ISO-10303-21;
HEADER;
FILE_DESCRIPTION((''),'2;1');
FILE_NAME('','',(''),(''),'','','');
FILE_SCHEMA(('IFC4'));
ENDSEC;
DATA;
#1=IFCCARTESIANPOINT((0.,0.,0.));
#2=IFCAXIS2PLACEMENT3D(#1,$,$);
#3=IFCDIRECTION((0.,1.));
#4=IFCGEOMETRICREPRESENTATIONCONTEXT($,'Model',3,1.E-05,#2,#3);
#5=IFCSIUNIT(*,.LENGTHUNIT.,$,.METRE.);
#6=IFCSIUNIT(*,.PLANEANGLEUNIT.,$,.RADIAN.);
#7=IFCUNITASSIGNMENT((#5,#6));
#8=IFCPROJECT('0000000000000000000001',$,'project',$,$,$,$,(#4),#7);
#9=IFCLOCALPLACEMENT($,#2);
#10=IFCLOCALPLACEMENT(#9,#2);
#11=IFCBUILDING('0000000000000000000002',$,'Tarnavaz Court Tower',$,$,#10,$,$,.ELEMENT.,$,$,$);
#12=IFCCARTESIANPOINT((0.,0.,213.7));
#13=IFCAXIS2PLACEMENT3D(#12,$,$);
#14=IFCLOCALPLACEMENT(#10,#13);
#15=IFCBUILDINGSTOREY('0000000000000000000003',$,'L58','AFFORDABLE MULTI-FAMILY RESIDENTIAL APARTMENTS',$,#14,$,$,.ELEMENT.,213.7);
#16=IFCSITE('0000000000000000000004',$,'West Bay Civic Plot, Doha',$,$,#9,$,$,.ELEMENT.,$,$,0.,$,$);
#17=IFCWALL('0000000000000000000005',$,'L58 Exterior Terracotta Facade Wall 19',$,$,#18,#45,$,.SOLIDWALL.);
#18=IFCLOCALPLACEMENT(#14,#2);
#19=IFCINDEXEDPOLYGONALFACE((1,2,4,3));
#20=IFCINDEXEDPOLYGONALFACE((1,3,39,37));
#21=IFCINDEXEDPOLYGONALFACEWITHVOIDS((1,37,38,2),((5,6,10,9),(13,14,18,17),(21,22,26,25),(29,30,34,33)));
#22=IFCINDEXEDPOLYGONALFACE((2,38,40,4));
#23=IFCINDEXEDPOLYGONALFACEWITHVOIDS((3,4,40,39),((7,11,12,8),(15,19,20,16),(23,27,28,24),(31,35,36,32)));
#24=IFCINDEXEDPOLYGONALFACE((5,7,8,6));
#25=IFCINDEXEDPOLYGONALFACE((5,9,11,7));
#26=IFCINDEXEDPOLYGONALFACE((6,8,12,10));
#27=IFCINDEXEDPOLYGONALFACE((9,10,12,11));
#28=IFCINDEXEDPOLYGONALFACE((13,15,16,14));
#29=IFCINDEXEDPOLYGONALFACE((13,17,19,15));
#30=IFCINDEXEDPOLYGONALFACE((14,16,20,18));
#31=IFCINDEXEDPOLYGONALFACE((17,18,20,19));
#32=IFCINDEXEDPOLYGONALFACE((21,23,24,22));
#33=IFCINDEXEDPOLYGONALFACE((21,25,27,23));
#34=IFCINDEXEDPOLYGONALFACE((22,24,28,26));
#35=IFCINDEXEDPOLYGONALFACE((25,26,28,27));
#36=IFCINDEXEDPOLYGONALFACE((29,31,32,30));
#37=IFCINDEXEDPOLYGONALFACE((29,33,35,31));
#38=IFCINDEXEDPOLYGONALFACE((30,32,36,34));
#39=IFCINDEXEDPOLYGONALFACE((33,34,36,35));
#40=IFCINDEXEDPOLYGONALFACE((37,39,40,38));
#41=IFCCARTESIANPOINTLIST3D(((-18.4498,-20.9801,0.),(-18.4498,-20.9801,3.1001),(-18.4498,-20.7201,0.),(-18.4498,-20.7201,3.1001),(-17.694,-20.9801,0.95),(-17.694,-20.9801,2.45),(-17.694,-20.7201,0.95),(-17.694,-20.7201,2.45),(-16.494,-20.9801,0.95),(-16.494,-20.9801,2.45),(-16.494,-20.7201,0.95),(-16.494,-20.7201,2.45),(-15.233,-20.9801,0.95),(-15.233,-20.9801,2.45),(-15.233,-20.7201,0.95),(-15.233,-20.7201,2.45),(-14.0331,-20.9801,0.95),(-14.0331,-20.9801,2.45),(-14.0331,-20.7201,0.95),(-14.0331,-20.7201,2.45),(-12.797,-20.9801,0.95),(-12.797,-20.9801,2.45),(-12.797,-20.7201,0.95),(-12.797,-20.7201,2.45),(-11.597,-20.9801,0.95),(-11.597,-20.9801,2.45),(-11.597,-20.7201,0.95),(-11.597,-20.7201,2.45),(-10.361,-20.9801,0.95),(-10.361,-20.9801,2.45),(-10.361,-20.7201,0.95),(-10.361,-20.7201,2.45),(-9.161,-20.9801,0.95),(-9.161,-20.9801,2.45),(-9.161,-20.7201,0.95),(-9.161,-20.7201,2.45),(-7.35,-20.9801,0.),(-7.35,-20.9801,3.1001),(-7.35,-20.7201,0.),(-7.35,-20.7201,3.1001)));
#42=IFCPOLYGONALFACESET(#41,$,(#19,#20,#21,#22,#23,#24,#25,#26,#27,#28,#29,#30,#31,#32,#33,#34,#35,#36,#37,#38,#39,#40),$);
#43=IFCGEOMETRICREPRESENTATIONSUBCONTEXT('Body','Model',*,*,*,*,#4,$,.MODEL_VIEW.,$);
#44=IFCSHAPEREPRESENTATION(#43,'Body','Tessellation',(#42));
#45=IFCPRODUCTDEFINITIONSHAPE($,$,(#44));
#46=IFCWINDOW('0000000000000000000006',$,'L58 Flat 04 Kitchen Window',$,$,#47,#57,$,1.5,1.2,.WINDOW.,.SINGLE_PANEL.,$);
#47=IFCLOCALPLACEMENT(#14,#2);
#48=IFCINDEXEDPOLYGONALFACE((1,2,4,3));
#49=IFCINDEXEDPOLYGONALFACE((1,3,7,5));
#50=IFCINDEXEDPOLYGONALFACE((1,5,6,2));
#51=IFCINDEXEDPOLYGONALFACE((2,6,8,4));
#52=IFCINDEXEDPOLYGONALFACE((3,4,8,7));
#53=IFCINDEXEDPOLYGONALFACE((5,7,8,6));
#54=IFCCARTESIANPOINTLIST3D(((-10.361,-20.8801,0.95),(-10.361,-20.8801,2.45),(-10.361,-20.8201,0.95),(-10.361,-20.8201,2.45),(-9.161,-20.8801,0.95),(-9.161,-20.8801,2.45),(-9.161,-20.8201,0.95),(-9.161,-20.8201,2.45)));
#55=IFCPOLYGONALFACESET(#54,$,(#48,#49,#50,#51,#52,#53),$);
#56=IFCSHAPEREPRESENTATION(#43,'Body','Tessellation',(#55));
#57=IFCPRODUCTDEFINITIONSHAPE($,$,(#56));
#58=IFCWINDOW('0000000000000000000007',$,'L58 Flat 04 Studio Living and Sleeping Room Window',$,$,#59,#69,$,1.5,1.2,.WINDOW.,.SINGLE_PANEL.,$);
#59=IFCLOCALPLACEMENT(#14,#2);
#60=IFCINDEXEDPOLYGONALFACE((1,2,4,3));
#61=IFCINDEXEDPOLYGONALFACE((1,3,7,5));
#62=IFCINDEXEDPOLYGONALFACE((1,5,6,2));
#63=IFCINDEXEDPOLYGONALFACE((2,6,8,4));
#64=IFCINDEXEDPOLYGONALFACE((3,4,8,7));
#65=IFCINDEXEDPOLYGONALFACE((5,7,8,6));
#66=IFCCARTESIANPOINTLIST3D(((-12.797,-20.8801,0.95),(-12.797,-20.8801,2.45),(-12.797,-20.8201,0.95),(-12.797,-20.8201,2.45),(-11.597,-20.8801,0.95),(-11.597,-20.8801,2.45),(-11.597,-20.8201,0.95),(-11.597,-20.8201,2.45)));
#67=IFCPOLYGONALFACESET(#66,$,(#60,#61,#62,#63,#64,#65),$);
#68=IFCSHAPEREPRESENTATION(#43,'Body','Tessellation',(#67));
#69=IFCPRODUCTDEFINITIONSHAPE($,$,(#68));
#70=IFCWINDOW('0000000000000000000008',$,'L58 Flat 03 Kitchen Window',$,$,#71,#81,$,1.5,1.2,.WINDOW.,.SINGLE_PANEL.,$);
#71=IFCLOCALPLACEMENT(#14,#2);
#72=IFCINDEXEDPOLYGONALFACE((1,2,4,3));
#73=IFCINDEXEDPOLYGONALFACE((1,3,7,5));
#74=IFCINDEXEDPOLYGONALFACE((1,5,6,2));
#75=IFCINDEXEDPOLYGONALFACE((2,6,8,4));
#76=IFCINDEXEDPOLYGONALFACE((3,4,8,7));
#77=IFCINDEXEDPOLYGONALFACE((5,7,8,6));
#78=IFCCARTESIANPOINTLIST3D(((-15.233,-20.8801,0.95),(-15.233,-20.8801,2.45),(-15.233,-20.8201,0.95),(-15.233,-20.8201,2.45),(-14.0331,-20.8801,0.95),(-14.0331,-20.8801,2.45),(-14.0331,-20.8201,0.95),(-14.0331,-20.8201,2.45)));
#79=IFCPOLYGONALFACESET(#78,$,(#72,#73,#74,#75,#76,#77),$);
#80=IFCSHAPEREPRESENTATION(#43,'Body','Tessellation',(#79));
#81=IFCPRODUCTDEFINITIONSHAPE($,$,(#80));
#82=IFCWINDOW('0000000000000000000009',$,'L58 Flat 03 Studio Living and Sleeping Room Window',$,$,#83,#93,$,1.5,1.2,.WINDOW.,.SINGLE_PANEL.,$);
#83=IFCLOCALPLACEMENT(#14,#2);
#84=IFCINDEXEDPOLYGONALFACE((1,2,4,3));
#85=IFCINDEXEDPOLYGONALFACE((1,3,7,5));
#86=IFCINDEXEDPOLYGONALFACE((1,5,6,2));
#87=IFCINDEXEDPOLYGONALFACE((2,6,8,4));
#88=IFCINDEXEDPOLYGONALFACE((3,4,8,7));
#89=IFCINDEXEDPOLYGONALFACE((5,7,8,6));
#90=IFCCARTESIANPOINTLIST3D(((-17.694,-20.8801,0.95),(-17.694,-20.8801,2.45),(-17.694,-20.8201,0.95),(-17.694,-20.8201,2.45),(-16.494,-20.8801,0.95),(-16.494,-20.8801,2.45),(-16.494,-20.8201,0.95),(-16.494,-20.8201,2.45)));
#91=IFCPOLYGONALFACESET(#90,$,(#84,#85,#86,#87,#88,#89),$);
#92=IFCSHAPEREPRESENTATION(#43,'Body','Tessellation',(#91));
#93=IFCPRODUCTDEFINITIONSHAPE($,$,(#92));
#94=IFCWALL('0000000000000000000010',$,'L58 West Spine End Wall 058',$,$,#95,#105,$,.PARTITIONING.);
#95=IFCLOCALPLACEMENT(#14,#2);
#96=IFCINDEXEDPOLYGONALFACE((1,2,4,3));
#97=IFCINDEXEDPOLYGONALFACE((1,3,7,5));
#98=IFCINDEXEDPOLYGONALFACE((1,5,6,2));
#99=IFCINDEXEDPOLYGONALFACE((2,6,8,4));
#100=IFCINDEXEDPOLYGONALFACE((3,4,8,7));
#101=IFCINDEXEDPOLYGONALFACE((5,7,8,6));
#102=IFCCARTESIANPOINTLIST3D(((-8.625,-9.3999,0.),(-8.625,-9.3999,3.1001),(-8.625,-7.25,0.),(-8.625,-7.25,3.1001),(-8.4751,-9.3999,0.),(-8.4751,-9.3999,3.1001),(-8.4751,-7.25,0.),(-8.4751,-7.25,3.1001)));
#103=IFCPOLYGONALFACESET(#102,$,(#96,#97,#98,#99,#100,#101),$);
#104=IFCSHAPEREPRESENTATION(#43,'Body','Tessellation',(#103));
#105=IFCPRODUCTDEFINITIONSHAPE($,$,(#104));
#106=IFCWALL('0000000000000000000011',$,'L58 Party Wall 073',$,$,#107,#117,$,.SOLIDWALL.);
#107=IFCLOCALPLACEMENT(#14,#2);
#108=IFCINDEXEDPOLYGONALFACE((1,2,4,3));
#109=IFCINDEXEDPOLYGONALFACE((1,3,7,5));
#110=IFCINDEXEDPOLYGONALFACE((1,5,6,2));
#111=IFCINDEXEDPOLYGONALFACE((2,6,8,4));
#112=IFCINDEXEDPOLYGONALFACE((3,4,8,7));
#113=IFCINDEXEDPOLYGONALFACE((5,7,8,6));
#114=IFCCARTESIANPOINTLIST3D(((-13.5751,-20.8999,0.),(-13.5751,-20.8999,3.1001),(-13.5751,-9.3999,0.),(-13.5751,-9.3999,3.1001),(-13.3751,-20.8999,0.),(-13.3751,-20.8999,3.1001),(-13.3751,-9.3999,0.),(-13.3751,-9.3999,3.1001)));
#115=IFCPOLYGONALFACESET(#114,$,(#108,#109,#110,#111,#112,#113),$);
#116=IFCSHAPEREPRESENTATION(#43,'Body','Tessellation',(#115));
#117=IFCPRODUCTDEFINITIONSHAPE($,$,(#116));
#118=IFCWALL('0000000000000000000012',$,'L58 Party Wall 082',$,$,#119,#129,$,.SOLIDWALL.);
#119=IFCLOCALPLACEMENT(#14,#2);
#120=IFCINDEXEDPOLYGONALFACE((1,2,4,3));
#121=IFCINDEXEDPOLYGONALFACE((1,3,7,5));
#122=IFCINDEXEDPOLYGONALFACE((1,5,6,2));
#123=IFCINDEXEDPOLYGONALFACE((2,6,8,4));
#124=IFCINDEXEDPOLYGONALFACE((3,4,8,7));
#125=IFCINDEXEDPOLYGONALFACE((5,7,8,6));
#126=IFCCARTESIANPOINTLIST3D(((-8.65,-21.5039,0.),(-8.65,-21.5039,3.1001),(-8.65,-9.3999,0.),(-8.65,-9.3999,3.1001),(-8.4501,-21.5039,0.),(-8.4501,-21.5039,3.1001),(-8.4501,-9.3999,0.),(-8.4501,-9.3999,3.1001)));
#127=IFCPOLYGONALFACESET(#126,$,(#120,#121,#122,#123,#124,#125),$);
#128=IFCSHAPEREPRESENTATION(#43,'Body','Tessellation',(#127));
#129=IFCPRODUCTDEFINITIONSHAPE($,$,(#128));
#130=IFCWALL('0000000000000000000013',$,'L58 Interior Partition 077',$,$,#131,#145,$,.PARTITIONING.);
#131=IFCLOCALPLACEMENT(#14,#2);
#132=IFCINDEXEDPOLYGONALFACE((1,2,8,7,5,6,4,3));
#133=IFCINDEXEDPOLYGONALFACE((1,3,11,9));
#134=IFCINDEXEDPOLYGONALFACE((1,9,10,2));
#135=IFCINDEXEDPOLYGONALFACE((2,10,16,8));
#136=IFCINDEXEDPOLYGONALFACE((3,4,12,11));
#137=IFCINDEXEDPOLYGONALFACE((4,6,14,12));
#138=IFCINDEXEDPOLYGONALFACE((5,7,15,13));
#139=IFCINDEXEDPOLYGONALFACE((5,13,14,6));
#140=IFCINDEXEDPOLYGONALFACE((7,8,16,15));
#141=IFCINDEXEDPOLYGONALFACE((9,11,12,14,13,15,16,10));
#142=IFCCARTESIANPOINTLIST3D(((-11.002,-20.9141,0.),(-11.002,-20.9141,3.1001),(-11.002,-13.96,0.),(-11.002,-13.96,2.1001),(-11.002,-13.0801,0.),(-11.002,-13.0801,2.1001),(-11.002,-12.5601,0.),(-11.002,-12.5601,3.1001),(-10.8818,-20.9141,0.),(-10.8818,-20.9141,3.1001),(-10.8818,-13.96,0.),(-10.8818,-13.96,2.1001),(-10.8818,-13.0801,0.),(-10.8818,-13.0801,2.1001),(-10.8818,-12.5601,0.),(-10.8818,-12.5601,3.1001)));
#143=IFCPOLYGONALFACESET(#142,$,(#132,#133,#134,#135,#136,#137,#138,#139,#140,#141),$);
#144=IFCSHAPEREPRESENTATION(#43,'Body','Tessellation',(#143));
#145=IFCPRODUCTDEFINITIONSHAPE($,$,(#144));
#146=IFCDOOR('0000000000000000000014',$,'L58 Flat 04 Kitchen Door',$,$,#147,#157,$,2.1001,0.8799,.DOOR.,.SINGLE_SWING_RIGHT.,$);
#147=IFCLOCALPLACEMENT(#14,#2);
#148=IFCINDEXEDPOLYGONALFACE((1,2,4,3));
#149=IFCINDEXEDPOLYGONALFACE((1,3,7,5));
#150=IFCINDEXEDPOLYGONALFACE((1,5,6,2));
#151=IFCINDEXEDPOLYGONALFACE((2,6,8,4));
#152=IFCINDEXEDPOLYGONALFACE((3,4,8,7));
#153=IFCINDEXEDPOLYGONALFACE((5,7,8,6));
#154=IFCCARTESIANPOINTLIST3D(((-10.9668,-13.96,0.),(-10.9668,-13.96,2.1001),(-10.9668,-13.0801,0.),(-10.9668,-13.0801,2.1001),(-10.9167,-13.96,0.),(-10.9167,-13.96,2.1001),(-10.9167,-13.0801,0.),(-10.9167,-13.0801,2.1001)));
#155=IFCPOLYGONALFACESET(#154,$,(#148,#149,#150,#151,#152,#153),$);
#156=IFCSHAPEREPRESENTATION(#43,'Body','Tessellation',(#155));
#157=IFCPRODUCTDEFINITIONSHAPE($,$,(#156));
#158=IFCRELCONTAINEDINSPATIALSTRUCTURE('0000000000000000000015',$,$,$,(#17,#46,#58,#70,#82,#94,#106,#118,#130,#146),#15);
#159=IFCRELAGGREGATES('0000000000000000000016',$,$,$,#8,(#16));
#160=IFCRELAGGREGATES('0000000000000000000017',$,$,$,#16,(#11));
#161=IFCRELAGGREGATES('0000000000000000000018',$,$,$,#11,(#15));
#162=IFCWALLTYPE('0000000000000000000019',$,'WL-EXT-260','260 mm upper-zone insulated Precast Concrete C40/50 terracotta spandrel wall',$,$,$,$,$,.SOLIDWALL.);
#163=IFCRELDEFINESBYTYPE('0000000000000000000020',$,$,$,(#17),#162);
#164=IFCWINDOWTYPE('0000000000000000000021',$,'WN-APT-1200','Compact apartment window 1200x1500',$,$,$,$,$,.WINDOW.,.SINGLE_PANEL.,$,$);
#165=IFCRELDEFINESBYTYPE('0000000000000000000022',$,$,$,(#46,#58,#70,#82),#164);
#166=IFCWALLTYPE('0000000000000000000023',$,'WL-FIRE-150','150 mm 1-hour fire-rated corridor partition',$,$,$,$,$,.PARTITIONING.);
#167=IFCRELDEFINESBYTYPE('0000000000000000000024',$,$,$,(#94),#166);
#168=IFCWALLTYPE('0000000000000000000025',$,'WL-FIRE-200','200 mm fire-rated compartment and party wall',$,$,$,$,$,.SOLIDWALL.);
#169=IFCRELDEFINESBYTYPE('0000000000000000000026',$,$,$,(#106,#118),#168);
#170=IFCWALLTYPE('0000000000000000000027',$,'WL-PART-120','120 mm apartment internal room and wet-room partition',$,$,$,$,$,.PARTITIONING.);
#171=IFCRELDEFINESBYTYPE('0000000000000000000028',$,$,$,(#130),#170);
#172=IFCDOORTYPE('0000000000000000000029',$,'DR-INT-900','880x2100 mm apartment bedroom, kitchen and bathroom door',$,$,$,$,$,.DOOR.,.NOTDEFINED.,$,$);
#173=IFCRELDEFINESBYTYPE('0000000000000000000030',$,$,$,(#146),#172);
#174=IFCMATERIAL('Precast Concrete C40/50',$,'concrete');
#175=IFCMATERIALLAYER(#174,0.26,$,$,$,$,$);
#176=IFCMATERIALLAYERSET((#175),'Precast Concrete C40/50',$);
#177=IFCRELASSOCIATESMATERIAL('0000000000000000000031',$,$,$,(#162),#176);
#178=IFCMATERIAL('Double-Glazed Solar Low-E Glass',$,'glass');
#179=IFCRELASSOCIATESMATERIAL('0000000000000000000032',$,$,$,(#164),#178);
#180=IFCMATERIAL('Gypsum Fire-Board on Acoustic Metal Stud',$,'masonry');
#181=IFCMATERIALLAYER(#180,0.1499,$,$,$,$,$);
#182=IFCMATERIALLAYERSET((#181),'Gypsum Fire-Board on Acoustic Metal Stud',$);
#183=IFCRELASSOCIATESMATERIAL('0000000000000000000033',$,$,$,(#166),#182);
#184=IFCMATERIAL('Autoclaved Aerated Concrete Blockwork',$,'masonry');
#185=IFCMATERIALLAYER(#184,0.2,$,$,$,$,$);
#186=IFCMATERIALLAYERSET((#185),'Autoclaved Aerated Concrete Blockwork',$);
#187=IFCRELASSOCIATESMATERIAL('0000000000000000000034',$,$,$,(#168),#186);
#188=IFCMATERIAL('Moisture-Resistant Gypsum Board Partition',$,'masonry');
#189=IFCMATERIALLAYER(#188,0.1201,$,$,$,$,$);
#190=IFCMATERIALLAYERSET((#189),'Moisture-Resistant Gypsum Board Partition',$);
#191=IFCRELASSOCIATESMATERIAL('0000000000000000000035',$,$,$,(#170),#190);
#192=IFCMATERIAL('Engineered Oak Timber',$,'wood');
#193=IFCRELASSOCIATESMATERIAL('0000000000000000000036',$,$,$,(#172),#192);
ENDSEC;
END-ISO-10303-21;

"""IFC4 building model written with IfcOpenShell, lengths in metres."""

from ifc_helpers import new_model, si_unit, direction, frame, frame_2d, origin, place, context, subcontext, project, spatial, rectangle, extrude, material, layer, layer_set, type_object, element, fill, save


model = new_model("IFC4")

# Units and contexts
model_context = context("Model", 3, precision=1e-05, world=origin(), true_north=direction((0.0, 1.0)))
body_context = subcontext(model_context, "Body", "Model", "MODEL_VIEW")
ifc_project = project(units=[si_unit("LENGTHUNIT", "METRE"), si_unit("PLANEANGLEUNIT", "RADIAN")], contexts=[model_context])

# Site, building, storey
site_placement = place(None, origin())
site = spatial("IfcSite", under=ifc_project, at=site_placement, Name="West Bay Civic Plot, Doha", CompositionType="ELEMENT", RefElevation=0.0)
building_placement = place(site_placement, origin())
building = spatial("IfcBuilding", under=site, at=building_placement, Name="Tarnavaz Court Tower", CompositionType="ELEMENT")
storey_placement = place(building_placement, frame((0.0, 0.0, 213.7)))
storey = spatial("IfcBuildingStorey", under=building, at=storey_placement, Name="L58", Description="AFFORDABLE MULTI-FAMILY RESIDENTIAL APARTMENTS", CompositionType="ELEMENT", Elevation=213.7)

# Shared definitions
ifc_material_1 = material(Name="Precast Concrete C40/50", Category="concrete")
ifc_layer_1 = layer(ifc_material_1, 0.26)
ifc_layer_set_1 = layer_set([ifc_layer_1], Name="Precast Concrete C40/50")
wall_type_1 = type_object("IfcWallType", Name="WL-EXT-260", Description="260 mm upper-zone insulated Precast Concrete C40/50 terracotta spandrel wall", PredefinedType="SOLIDWALL", material=ifc_layer_set_1)

# Wall, openings, windows
wall_1_placement = place(storey_placement, frame((-7.3501, -20.8501, 0.0), z_axis=(0.0, 0.0, 1.0), x_axis=(-1.0, 0.0, 0.0)))
wall_1 = element("IfcWall", 1, at=wall_1_placement, inside=storey, type_object=wall_type_1, Name="L58 Exterior Terracotta Facade Wall 19", PredefinedType="SOLIDWALL", context=body_context, shape_type="SweptSolid", body=[
    extrude(rectangle(XDim=11.0999, YDim=0.26, at=frame_2d((5.5498, 0.0))), origin(), (0.0, 0.0, 1.0), 3.1001),
])
opening_1_placement = place(wall_1_placement, frame((1.8108, 0.0, 0.95)))
opening_1 = element("IfcOpeningElement", 2, at=opening_1_placement, cuts=wall_1, PredefinedType="OPENING", context=body_context, shape_type="SweptSolid", body=[
    extrude(rectangle(XDim=1.2, YDim=1.5, at=frame_2d((0.6001, 0.75))), frame((0.0, 0.1399, 0.0), z_axis=(0.0, -1.0, 0.0), x_axis=(1.0, 0.0, 0.0)), (0.0, 0.0, 1.0), 0.28),
])
opening_2_placement = place(wall_1_placement, frame((4.2468, 0.0, 0.95)))
opening_2 = element("IfcOpeningElement", 3, at=opening_2_placement, cuts=wall_1, PredefinedType="OPENING", context=body_context, shape_type="SweptSolid", body=[
    extrude(rectangle(XDim=1.2, YDim=1.5, at=frame_2d((0.6001, 0.75))), frame((0.0, 0.1399, 0.0), z_axis=(0.0, -1.0, 0.0), x_axis=(1.0, 0.0, 0.0)), (0.0, 0.0, 1.0), 0.28),
])
opening_3_placement = place(wall_1_placement, frame((6.6829, 0.0, 0.95)))
opening_3 = element("IfcOpeningElement", 4, at=opening_3_placement, cuts=wall_1, PredefinedType="OPENING", context=body_context, shape_type="SweptSolid", body=[
    extrude(rectangle(XDim=1.2, YDim=1.5, at=frame_2d((0.6001, 0.75))), frame((0.0, 0.1399, 0.0), z_axis=(0.0, -1.0, 0.0), x_axis=(1.0, 0.0, 0.0)), (0.0, 0.0, 1.0), 0.28),
])
opening_4_placement = place(wall_1_placement, frame((9.1438, 0.0, 0.95)))
opening_4 = element("IfcOpeningElement", 5, at=opening_4_placement, cuts=wall_1, PredefinedType="OPENING", context=body_context, shape_type="SweptSolid", body=[
    extrude(rectangle(XDim=1.2, YDim=1.5, at=frame_2d((0.6001, 0.75))), frame((0.0, 0.1399, 0.0), z_axis=(0.0, -1.0, 0.0), x_axis=(1.0, 0.0, 0.0)), (0.0, 0.0, 1.0), 0.28),
])
ifc_material_2 = material(Name="Double-Glazed Solar Low-E Glass", Category="glass")
window_type = type_object("IfcWindowType", Name="WN-APT-1200", Description="Compact apartment window 1200x1500", PartitioningType="SINGLE_PANEL", PredefinedType="WINDOW", material=ifc_material_2)
window_1_placement = place(opening_1_placement, origin())
window_1 = element("IfcWindow", 6, at=window_1_placement, inside=storey, type_object=window_type, Name="L58 Flat 04 Kitchen Window", OverallHeight=1.5, OverallWidth=1.2, PartitioningType="SINGLE_PANEL", PredefinedType="WINDOW", context=body_context, shape_type="SweptSolid", body=[
    extrude(rectangle(XDim=1.2, YDim=1.5, at=frame_2d((0.6001, 0.75))), frame((0.0, 0.03, 0.0), z_axis=(0.0, -1.0, 0.0), x_axis=(1.0, 0.0, 0.0)), (0.0, 0.0, 1.0), 0.0601),
])
fill(opening_1, window_1)
window_2_placement = place(opening_2_placement, origin())
window_2 = element("IfcWindow", 7, at=window_2_placement, inside=storey, type_object=window_type, Name="L58 Flat 04 Studio Living and Sleeping Room Window", OverallHeight=1.5, OverallWidth=1.2, PartitioningType="SINGLE_PANEL", PredefinedType="WINDOW", context=body_context, shape_type="SweptSolid", body=[
    extrude(rectangle(XDim=1.2, YDim=1.5, at=frame_2d((0.6001, 0.75))), frame((0.0, 0.03, 0.0), z_axis=(0.0, -1.0, 0.0), x_axis=(1.0, 0.0, 0.0)), (0.0, 0.0, 1.0), 0.0601),
])
fill(opening_2, window_2)
window_3_placement = place(opening_3_placement, origin())
window_3 = element("IfcWindow", 8, at=window_3_placement, inside=storey, type_object=window_type, Name="L58 Flat 03 Kitchen Window", OverallHeight=1.5, OverallWidth=1.2, PartitioningType="SINGLE_PANEL", PredefinedType="WINDOW", context=body_context, shape_type="SweptSolid", body=[
    extrude(rectangle(XDim=1.2, YDim=1.5, at=frame_2d((0.6001, 0.75))), frame((0.0, 0.03, 0.0), z_axis=(0.0, -1.0, 0.0), x_axis=(1.0, 0.0, 0.0)), (0.0, 0.0, 1.0), 0.0601),
])
fill(opening_3, window_3)
window_4_placement = place(opening_4_placement, origin())
window_4 = element("IfcWindow", 9, at=window_4_placement, inside=storey, type_object=window_type, Name="L58 Flat 03 Studio Living and Sleeping Room Window", OverallHeight=1.5, OverallWidth=1.2, PartitioningType="SINGLE_PANEL", PredefinedType="WINDOW", context=body_context, shape_type="SweptSolid", body=[
    extrude(rectangle(XDim=1.2, YDim=1.5, at=frame_2d((0.6001, 0.75))), frame((0.0, 0.03, 0.0), z_axis=(0.0, -1.0, 0.0), x_axis=(1.0, 0.0, 0.0)), (0.0, 0.0, 1.0), 0.0601),
])
fill(opening_4, window_4)

# Walls
ifc_material_3 = material(Name="Gypsum Fire-Board on Acoustic Metal Stud", Category="masonry")
ifc_layer_2 = layer(ifc_material_3, 0.1499)
ifc_layer_set_2 = layer_set([ifc_layer_2], Name="Gypsum Fire-Board on Acoustic Metal Stud")
wall_type_2 = type_object("IfcWallType", Name="WL-FIRE-150", Description="150 mm 1-hour fire-rated corridor partition", PredefinedType="PARTITIONING", material=ifc_layer_set_2)
wall_2_placement = place(storey_placement, frame((-8.55, -9.3999, 0.0), z_axis=(0.0, 0.0, 1.0), x_axis=(0.0, 1.0, 0.0)))
element("IfcWall", 10, at=wall_2_placement, inside=storey, type_object=wall_type_2, Name="L58 West Spine End Wall 058", PredefinedType="PARTITIONING", context=body_context, shape_type="SweptSolid", body=[
    extrude(rectangle(XDim=2.1499, YDim=0.1499, at=frame_2d((1.075, 0.0))), origin(), (0.0, 0.0, 1.0), 3.1001),
])
ifc_material_4 = material(Name="Autoclaved Aerated Concrete Blockwork", Category="masonry")
ifc_layer_3 = layer(ifc_material_4, 0.2)
ifc_layer_set_3 = layer_set([ifc_layer_3], Name="Autoclaved Aerated Concrete Blockwork")
wall_type_3 = type_object("IfcWallType", Name="WL-FIRE-200", Description="200 mm fire-rated compartment and party wall", PredefinedType="SOLIDWALL", material=ifc_layer_set_3)
wall_3_placement = place(storey_placement, frame((-13.4751, -20.8999, 0.0), z_axis=(0.0, 0.0, 1.0), x_axis=(0.0, 1.0, 0.0)))
element("IfcWall", 11, at=wall_3_placement, inside=storey, type_object=wall_type_3, Name="L58 Party Wall 073", PredefinedType="SOLIDWALL", context=body_context, shape_type="SweptSolid", body=[
    extrude(rectangle(XDim=11.5, YDim=0.2, at=frame_2d((5.75, 0.0))), origin(), (0.0, 0.0, 1.0), 3.1001),
])
wall_4_placement = place(storey_placement, frame((-8.55, -21.5039, 0.0), z_axis=(0.0, 0.0, 1.0), x_axis=(0.0, 1.0, 0.0)))
element("IfcWall", 12, at=wall_4_placement, inside=storey, type_object=wall_type_3, Name="L58 Party Wall 082", PredefinedType="SOLIDWALL", context=body_context, shape_type="SweptSolid", body=[
    extrude(rectangle(XDim=12.104, YDim=0.2, at=frame_2d((6.052, 0.0))), origin(), (0.0, 0.0, 1.0), 3.1001),
])

# Wall, opening, door
ifc_material_5 = material(Name="Moisture-Resistant Gypsum Board Partition", Category="masonry")
ifc_layer_4 = layer(ifc_material_5, 0.1201)
ifc_layer_set_4 = layer_set([ifc_layer_4], Name="Moisture-Resistant Gypsum Board Partition")
wall_type_4 = type_object("IfcWallType", Name="WL-PART-120", Description="120 mm apartment internal room and wet-room partition", PredefinedType="PARTITIONING", material=ifc_layer_set_4)
wall_5_placement = place(storey_placement, frame((-10.9419, -20.9141, 0.0), z_axis=(0.0, 0.0, 1.0), x_axis=(0.0, 1.0, 0.0)))
wall_5 = element("IfcWall", 13, at=wall_5_placement, inside=storey, type_object=wall_type_4, Name="L58 Interior Partition 077", PredefinedType="PARTITIONING", context=body_context, shape_type="SweptSolid", body=[
    extrude(rectangle(XDim=8.354, YDim=0.1201, at=frame_2d((4.177, 0.0))), origin(), (0.0, 0.0, 1.0), 3.1001),
])
opening_5_placement = place(wall_5_placement, frame((6.9541, 0.0, 0.0)))
opening_5 = element("IfcOpeningElement", 14, at=opening_5_placement, cuts=wall_5, PredefinedType="OPENING", context=body_context, shape_type="SweptSolid", body=[
    extrude(rectangle(XDim=0.8799, YDim=2.1001, at=frame_2d((0.4399, 1.05))), frame((0.0, 0.0701, 0.0), z_axis=(0.0, -1.0, 0.0), x_axis=(1.0, 0.0, 0.0)), (0.0, 0.0, 1.0), 0.1401),
])
ifc_material_6 = material(Name="Engineered Oak Timber", Category="wood")
door_type = type_object("IfcDoorType", Name="DR-INT-900", Description="880x2100 mm apartment bedroom, kitchen and bathroom door", OperationType="NOTDEFINED", PredefinedType="DOOR", material=ifc_material_6)
door_1_placement = place(opening_5_placement, origin())
door_1 = element("IfcDoor", 15, at=door_1_placement, inside=storey, type_object=door_type, Name="L58 Flat 04 Kitchen Door", OperationType="SINGLE_SWING_RIGHT", OverallHeight=2.1001, OverallWidth=0.8799, PredefinedType="DOOR", context=body_context, shape_type="SweptSolid", body=[
    extrude(rectangle(XDim=0.8799, YDim=2.1001, at=frame_2d((0.4399, 1.05))), frame((0.0, 0.0249, 0.0), z_axis=(0.0, -1.0, 0.0), x_axis=(1.0, 0.0, 0.0)), (0.0, 0.0, 1.0), 0.05),
])
fill(opening_5, door_1)

save(model, "model.ifc")
